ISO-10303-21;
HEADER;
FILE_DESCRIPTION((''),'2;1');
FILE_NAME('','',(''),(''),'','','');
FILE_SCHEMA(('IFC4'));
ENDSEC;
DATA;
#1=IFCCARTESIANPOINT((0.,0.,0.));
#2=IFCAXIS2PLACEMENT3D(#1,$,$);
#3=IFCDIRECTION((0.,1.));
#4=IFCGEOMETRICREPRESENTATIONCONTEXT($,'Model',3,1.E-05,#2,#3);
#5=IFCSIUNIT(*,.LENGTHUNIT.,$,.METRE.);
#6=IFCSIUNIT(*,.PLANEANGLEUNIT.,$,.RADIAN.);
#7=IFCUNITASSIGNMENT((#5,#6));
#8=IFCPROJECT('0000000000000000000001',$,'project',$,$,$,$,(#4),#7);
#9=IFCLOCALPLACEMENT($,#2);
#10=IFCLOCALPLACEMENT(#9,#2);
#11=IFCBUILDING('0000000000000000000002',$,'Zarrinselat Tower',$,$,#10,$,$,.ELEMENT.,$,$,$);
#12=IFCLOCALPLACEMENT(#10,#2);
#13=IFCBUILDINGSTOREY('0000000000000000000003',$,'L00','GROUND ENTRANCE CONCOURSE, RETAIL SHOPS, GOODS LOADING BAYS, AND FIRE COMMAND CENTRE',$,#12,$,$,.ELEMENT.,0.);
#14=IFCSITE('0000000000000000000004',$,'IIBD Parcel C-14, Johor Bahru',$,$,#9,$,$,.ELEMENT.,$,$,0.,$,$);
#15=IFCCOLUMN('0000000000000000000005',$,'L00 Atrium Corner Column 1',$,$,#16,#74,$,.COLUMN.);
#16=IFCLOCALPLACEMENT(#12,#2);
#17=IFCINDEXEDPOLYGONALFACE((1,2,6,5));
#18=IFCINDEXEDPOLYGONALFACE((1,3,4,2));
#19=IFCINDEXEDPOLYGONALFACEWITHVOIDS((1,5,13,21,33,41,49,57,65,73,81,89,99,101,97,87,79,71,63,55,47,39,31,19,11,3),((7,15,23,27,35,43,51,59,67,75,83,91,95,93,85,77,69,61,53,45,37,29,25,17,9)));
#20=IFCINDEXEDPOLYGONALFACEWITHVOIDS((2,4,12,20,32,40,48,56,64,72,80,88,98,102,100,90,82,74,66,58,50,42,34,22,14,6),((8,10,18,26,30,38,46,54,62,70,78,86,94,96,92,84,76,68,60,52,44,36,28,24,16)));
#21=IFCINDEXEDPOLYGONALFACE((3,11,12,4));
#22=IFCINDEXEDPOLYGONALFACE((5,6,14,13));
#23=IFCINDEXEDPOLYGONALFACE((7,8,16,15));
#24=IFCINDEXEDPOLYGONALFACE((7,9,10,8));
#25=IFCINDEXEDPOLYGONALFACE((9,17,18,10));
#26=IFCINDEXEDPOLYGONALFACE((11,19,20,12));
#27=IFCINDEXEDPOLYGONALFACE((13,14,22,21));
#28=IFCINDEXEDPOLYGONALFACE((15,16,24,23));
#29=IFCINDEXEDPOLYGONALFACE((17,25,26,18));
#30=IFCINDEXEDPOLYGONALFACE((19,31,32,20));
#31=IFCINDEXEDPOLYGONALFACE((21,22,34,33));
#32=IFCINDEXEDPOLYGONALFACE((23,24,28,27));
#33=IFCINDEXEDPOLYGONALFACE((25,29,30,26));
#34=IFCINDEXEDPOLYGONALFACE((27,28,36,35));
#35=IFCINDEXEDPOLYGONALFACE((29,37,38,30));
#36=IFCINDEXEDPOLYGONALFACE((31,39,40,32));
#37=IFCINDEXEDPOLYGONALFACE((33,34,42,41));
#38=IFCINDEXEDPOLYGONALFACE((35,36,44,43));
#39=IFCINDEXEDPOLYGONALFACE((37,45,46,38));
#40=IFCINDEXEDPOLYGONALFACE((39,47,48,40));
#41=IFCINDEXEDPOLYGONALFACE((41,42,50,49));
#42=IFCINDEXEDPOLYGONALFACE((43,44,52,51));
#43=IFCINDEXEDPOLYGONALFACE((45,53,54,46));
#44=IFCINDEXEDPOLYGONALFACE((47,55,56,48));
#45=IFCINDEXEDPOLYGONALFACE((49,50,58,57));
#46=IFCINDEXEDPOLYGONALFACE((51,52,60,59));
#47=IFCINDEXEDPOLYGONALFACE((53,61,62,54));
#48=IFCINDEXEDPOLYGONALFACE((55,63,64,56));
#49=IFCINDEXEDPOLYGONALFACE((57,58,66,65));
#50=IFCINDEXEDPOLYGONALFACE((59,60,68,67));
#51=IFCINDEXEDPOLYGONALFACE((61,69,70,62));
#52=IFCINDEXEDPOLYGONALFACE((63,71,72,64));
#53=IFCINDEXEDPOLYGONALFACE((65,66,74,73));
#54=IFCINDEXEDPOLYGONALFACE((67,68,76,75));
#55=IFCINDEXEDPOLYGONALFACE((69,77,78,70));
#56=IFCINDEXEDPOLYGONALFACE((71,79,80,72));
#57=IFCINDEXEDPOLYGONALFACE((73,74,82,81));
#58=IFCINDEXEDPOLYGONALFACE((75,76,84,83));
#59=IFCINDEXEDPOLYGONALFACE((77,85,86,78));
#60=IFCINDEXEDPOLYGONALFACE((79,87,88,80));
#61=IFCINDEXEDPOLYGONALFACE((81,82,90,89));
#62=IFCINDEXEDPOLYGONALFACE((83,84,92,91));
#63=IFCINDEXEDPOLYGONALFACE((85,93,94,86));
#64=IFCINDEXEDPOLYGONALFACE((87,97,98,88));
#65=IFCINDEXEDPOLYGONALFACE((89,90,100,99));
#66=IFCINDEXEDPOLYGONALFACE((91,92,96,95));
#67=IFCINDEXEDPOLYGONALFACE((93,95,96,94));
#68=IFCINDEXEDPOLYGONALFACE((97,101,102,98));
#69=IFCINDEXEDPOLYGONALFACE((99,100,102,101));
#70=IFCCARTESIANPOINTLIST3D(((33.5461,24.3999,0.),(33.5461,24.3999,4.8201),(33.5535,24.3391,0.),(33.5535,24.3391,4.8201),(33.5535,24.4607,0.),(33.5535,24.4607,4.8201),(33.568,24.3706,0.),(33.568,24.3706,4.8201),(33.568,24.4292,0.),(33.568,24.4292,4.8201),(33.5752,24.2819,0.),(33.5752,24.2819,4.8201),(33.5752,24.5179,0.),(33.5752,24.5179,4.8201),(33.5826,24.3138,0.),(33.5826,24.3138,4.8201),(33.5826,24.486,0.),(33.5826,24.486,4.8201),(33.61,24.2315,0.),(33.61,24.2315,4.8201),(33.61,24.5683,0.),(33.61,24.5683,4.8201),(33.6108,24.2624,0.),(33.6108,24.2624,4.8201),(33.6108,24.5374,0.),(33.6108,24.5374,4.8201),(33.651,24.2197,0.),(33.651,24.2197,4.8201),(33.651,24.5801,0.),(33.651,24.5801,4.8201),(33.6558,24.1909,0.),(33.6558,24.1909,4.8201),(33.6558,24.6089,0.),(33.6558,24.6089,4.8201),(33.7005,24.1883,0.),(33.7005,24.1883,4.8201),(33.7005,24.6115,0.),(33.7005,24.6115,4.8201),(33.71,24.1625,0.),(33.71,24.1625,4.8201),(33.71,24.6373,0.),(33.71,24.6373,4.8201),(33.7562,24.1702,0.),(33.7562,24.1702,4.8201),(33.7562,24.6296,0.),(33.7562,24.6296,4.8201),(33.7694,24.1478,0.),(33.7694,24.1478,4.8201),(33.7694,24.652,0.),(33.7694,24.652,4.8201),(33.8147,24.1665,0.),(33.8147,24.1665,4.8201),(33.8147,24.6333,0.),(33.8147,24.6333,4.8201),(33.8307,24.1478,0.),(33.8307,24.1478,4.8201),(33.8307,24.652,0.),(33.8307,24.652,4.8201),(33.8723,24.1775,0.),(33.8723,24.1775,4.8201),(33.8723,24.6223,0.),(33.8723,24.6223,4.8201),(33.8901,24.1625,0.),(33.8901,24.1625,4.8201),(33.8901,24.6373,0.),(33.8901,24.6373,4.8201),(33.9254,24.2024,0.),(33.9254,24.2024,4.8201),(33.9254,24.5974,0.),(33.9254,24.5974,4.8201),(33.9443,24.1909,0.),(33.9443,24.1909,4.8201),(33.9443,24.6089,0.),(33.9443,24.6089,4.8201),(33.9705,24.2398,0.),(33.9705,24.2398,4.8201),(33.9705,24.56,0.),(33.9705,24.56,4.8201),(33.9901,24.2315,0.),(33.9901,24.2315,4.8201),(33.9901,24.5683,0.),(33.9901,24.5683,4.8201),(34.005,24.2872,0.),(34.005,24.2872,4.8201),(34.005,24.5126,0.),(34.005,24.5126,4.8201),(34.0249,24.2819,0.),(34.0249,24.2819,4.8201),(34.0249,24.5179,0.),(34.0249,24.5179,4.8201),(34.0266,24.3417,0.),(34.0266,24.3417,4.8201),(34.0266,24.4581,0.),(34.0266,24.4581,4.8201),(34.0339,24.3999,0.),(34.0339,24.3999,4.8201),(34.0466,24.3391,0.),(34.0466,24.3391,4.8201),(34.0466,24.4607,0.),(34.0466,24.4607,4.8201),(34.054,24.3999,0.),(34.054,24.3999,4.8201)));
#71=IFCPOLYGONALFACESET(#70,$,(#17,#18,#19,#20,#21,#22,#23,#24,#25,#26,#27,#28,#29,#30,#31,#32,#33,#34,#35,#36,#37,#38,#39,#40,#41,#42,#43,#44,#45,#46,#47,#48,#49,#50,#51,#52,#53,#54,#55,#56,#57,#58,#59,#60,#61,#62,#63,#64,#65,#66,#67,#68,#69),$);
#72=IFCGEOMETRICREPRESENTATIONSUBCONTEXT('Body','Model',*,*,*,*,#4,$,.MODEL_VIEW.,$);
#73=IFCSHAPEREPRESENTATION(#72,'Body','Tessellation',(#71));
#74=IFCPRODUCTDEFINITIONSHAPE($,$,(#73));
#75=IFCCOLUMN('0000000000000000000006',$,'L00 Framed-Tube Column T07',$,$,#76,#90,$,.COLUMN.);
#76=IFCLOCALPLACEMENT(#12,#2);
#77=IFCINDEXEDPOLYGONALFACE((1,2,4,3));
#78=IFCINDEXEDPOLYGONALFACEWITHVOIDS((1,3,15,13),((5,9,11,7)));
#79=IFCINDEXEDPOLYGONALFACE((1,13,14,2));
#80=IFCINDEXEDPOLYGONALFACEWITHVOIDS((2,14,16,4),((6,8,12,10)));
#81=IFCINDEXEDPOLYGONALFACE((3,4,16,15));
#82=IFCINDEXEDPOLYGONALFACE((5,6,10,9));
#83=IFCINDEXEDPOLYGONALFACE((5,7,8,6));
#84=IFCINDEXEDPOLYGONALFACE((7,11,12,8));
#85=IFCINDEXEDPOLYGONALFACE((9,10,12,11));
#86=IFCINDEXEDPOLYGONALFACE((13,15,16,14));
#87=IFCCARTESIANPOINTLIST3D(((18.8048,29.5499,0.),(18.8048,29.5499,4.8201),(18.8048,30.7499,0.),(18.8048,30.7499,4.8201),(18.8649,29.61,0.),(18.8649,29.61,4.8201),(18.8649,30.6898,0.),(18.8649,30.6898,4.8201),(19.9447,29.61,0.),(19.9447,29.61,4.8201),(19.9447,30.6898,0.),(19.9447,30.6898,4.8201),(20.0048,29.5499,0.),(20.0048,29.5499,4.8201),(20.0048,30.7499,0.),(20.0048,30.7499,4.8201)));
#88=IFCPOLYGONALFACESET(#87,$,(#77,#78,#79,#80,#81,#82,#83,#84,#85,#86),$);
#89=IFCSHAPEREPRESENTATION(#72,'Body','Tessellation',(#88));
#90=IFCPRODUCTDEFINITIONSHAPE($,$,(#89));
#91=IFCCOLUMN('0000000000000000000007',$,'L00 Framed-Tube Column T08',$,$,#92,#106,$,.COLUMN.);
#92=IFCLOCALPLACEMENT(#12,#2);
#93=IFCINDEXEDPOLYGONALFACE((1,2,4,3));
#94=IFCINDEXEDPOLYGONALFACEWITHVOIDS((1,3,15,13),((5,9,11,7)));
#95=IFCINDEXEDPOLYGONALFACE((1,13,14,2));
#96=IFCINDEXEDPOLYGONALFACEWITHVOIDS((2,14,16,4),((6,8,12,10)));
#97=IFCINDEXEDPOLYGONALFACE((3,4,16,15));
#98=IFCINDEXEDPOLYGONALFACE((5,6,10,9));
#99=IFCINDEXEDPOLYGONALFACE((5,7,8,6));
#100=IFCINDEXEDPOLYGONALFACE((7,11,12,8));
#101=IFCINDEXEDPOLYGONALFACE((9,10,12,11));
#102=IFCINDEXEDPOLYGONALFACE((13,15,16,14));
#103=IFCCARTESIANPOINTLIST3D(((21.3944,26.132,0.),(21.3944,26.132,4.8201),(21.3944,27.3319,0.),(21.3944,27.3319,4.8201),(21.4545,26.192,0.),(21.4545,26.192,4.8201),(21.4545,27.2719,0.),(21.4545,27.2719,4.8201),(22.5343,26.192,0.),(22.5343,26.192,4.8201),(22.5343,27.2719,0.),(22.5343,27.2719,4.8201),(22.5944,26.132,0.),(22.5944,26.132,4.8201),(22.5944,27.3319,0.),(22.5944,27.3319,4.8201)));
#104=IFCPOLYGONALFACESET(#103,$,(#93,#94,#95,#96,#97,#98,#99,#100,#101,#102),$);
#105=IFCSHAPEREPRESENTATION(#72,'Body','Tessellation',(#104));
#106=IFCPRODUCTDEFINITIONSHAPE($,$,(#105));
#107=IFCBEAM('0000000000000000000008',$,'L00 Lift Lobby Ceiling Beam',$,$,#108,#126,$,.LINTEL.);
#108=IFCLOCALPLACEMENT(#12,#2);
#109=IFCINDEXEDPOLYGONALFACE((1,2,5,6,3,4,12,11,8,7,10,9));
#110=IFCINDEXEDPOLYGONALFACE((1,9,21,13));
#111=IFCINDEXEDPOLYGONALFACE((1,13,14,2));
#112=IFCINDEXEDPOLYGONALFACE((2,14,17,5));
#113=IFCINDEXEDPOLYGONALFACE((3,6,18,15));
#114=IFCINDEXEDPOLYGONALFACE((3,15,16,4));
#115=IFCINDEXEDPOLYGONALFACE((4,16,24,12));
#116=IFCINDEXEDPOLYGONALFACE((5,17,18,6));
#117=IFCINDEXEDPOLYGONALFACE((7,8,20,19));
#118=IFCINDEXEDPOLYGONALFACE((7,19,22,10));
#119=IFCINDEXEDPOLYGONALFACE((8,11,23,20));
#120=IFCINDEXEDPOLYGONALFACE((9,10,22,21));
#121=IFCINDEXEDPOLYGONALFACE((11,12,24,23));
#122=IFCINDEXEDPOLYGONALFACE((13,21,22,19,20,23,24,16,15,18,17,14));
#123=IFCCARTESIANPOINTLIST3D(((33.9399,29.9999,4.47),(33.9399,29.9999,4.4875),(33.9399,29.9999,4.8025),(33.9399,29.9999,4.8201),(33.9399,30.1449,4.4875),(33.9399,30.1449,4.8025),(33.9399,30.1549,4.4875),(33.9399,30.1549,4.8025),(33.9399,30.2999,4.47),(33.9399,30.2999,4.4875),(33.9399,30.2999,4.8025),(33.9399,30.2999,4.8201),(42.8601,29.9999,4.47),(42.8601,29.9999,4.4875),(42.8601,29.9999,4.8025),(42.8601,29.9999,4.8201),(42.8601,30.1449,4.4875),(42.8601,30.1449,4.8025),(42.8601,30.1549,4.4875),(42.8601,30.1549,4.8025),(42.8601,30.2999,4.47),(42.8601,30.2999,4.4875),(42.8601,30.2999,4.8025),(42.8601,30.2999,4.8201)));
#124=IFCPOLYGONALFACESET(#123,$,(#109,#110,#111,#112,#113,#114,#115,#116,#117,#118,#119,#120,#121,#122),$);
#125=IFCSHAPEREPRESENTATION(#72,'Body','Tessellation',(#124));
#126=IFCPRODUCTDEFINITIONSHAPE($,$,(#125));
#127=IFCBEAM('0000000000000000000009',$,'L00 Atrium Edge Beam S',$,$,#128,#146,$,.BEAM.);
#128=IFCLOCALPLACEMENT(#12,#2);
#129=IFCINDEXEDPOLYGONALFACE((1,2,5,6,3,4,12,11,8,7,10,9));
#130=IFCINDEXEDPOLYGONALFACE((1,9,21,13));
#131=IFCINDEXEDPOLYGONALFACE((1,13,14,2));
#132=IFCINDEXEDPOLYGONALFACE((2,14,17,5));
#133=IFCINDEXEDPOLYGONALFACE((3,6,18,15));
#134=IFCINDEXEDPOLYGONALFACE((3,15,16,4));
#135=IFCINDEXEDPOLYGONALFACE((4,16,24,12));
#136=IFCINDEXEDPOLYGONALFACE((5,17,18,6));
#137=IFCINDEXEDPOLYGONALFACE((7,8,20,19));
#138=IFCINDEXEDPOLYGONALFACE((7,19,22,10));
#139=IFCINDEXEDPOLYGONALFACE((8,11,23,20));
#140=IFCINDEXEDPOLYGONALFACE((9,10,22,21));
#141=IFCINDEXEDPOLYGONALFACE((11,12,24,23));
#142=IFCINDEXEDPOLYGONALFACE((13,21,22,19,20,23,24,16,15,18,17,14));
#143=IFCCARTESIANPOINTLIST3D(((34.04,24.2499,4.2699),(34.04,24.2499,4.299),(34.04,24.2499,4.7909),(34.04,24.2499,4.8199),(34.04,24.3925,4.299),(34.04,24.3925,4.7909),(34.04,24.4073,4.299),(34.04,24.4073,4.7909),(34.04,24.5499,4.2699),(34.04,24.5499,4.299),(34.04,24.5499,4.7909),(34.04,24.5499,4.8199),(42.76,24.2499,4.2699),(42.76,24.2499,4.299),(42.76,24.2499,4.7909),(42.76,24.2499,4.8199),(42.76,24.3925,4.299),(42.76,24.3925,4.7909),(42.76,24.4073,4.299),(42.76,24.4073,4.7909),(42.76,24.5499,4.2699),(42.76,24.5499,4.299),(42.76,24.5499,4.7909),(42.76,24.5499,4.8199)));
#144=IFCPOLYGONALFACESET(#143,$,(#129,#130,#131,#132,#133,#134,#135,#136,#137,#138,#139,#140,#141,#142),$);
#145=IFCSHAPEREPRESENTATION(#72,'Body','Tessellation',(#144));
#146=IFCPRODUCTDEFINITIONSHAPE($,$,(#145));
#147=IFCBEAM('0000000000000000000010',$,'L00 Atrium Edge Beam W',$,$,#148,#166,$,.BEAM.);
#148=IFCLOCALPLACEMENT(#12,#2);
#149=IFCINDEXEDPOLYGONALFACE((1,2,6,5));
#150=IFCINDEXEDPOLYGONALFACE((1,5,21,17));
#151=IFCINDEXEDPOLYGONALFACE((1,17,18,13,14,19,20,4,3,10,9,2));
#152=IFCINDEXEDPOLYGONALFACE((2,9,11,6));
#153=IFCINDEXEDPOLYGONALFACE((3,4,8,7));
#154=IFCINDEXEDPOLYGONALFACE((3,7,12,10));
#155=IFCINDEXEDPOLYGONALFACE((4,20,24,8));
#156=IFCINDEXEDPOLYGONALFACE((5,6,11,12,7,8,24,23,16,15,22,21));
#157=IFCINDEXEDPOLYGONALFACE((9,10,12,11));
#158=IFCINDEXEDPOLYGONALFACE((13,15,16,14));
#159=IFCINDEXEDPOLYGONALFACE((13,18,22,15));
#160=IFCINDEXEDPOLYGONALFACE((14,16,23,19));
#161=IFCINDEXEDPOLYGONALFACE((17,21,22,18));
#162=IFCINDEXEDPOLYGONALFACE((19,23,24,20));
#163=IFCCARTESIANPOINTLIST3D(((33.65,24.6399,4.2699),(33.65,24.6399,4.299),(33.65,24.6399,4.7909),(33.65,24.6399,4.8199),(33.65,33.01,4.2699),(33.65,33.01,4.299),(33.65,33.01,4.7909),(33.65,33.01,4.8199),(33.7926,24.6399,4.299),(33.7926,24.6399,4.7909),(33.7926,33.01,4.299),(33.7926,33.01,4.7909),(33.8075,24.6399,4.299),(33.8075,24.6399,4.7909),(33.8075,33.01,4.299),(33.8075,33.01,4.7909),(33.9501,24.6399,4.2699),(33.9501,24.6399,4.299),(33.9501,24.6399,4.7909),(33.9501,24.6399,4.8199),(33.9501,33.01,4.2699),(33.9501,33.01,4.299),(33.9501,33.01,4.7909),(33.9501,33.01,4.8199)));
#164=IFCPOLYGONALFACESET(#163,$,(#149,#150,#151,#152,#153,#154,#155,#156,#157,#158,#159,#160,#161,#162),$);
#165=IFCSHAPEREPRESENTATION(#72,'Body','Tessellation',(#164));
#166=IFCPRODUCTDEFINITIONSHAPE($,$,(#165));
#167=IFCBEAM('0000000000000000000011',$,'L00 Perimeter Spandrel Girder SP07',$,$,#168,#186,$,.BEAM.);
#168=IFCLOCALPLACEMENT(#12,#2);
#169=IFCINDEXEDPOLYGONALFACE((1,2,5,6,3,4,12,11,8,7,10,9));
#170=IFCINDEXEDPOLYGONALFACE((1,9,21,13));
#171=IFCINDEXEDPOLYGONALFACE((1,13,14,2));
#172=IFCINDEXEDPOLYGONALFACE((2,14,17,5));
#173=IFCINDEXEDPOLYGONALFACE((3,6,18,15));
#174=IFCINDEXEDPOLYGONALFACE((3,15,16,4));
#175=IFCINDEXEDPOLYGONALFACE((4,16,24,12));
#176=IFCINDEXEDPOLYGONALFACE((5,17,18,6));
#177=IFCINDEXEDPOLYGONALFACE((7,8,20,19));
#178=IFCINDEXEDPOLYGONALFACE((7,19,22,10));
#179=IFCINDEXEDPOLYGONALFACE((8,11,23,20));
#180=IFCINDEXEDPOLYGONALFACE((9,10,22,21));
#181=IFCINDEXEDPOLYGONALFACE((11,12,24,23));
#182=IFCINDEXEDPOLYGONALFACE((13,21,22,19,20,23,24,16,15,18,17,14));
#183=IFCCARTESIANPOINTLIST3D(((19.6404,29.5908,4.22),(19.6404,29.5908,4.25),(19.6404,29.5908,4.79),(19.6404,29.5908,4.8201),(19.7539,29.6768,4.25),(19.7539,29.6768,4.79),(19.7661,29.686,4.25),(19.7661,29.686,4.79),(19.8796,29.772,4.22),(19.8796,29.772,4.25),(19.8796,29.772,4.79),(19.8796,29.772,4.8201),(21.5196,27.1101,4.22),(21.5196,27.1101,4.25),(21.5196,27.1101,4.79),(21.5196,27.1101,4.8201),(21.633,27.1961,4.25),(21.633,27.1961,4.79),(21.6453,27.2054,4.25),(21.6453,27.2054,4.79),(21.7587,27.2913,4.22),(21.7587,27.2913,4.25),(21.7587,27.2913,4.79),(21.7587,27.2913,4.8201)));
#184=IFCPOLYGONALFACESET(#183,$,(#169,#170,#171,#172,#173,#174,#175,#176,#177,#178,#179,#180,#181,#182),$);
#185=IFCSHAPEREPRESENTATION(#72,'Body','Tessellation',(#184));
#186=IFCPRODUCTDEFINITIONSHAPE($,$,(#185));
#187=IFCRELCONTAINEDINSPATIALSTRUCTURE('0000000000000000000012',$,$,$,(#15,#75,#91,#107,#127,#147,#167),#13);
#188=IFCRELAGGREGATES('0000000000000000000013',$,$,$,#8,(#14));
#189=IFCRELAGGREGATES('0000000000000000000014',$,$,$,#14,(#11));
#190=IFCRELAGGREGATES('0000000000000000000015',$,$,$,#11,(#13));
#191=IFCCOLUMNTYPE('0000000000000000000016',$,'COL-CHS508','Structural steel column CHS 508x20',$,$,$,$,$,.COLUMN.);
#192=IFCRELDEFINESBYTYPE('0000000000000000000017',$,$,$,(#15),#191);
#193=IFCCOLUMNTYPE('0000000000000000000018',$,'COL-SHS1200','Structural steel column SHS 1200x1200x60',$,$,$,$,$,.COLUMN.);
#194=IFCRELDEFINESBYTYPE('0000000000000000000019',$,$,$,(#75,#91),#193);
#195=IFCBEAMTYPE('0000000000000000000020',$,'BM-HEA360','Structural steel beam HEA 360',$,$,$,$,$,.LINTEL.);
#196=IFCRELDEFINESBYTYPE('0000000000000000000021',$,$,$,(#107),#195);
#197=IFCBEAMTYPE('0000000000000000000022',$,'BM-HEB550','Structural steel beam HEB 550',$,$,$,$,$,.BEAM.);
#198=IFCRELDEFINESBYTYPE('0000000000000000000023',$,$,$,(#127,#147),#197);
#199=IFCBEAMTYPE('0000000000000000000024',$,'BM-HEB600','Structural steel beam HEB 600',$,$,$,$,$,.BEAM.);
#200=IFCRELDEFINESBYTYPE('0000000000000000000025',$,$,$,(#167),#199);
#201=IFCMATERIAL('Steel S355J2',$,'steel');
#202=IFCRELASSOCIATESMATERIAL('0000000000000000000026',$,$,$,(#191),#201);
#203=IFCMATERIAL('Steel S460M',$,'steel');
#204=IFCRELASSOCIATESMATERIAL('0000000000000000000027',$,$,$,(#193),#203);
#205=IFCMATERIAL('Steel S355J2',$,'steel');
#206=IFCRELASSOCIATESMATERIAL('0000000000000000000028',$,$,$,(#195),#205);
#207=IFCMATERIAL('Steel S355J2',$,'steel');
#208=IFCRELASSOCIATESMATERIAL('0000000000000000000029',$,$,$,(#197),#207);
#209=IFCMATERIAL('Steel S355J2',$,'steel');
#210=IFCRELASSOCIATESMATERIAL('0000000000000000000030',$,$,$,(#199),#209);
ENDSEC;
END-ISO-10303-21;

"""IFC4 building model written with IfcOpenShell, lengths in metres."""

from ifc_helpers import new_model, si_unit, direction, frame, origin, origin_2d, place, context, subcontext, project, spatial, hollow_rectangle, hollow_circle, i_section, extrude, material, material_profile, profile_set, type_object, element, save


model = new_model("IFC4")

# Units and contexts
model_context = context("Model", 3, precision=1e-05, world=origin(), true_north=direction((0.0, 1.0)))
body_context = subcontext(model_context, "Body", "Model", "MODEL_VIEW")
ifc_project = project(units=[si_unit("LENGTHUNIT", "METRE"), si_unit("PLANEANGLEUNIT", "RADIAN")], contexts=[model_context])

# Site, building, storey
site_placement = place(None, origin())
site = spatial("IfcSite", under=ifc_project, at=site_placement, Name="IIBD Parcel C-14, Johor Bahru", CompositionType="ELEMENT", RefElevation=0.0)
building_placement = place(site_placement, origin())
building = spatial("IfcBuilding", under=site, at=building_placement, Name="Zarrinselat Tower", CompositionType="ELEMENT")
storey_placement = place(building_placement, origin())
storey = spatial("IfcBuildingStorey", under=building, at=storey_placement, Name="L00", Description="GROUND ENTRANCE CONCOURSE, RETAIL SHOPS, GOODS LOADING BAYS, AND FIRE COMMAND CENTRE", CompositionType="ELEMENT", Elevation=0.0)

# Columns
ifc_material_1 = material(Name="Steel S355J2", Category="steel")
ifc_material_profile_1 = material_profile(ifc_material_1, hollow_circle(Radius=0.2539, WallThickness=0.02, at=origin_2d()), Name="CHS 508x20")
ifc_profile_set_1 = profile_set([ifc_material_profile_1], Name="Steel S355J2")
column_type_1 = type_object("IfcColumnType", Name="COL-CHS508", Description="Structural steel column CHS 508x20", PredefinedType="COLUMN", material=ifc_profile_set_1)
column_placement = place(storey_placement, frame((33.8, 24.3999, 0.0), z_axis=(0.0, 0.0, 1.0), x_axis=(1.0, 0.0, 0.0)))
element("IfcColumn", 1, at=column_placement, inside=storey, type_object=column_type_1, Name="L00 Atrium Corner Column 1", PredefinedType="COLUMN", context=body_context, shape_type="SweptSolid", body=[
    extrude(hollow_circle(Radius=0.2539, WallThickness=0.02, at=origin_2d()), origin(), (0.0, 0.0, 1.0), 4.8201),
])
ifc_material_2 = material(Name="Steel S460M", Category="steel")
ifc_material_profile_2 = material_profile(ifc_material_2, hollow_rectangle(XDim=1.2, YDim=1.2, WallThickness=0.0601, at=origin_2d()), Name="SHS 1200x1200x60")
ifc_profile_set_2 = profile_set([ifc_material_profile_2], Name="Steel S460M")
column_type_2 = type_object("IfcColumnType", Name="COL-SHS1200", Description="Structural steel column SHS 1200x1200x60", PredefinedType="COLUMN", material=ifc_profile_set_2)
for number, where, z_axis, x_axis, name in (
    (2, (19.4048, 30.1499, 0.0), (0.0, 0.0, 1.0), (1.0, 0.0, 0.0), "L00 Framed-Tube Column T07"),
    (3, (21.9944, 26.7319, 0.0), (0.0, 0.0, 1.0), (1.0, 0.0, 0.0), "L00 Framed-Tube Column T08"),
):
    element("IfcColumn", number, at=place(storey_placement, frame(where, z_axis=z_axis, x_axis=x_axis)), inside=storey, type_object=column_type_2, Name=name, PredefinedType="COLUMN", context=body_context, shape_type="SweptSolid", body=[
        extrude(hollow_rectangle(XDim=1.2, YDim=1.2, WallThickness=0.0601, at=origin_2d()), origin(), (0.0, 0.0, 1.0), 4.8201),
    ])

# Beams
ifc_material_3 = material(Name="Steel S355J2", Category="steel")
ifc_material_profile_3 = material_profile(ifc_material_3, i_section(OverallWidth=0.3, OverallDepth=0.3501, WebThickness=0.01, FlangeThickness=0.0176, at=origin_2d()), Name="HEA 360")
ifc_profile_set_3 = profile_set([ifc_material_profile_3], Name="Steel S355J2")
beam_type_1 = type_object("IfcBeamType", Name="BM-HEA360", Description="Structural steel beam HEA 360", PredefinedType="LINTEL", material=ifc_profile_set_3)
beam_1_placement = place(storey_placement, frame((33.9399, 30.1499, 4.645), z_axis=(1.0, 0.0, 0.0), x_axis=(0.0, 1.0, 0.0)))
element("IfcBeam", 4, at=beam_1_placement, inside=storey, type_object=beam_type_1, Name="L00 Lift Lobby Ceiling Beam", PredefinedType="LINTEL", context=body_context, shape_type="SweptSolid", body=[
    extrude(i_section(OverallWidth=0.3, OverallDepth=0.3501, WebThickness=0.01, FlangeThickness=0.0176, at=origin_2d()), origin(), (0.0, 0.0, 1.0), 8.9202),
])
ifc_material_4 = material(Name="Steel S355J2", Category="steel")
ifc_material_profile_4 = material_profile(ifc_material_4, i_section(OverallWidth=0.3, OverallDepth=0.55, WebThickness=0.0149, FlangeThickness=0.0291, at=origin_2d()), Name="HEB 550")
ifc_profile_set_4 = profile_set([ifc_material_profile_4], Name="Steel S355J2")
beam_type_2 = type_object("IfcBeamType", Name="BM-HEB550", Description="Structural steel beam HEB 550", PredefinedType="BEAM", material=ifc_profile_set_4)
beam_2_placement = place(storey_placement, frame((34.04, 24.3999, 4.5449), z_axis=(1.0, 0.0, 0.0), x_axis=(0.0, 1.0, 0.0)))
element("IfcBeam", 5, at=beam_2_placement, inside=storey, type_object=beam_type_2, Name="L00 Atrium Edge Beam S", PredefinedType="BEAM", context=body_context, shape_type="SweptSolid", body=[
    extrude(i_section(OverallWidth=0.3, OverallDepth=0.55, WebThickness=0.0149, FlangeThickness=0.0291, at=origin_2d()), origin(), (0.0, 0.0, 1.0), 8.72),
])
beam_3_placement = place(storey_placement, frame((33.8, 24.6399, 4.5449), z_axis=(0.0, 1.0, 0.0), x_axis=(-1.0, 0.0, 0.0)))
element("IfcBeam", 6, at=beam_3_placement, inside=storey, type_object=beam_type_2, Name="L00 Atrium Edge Beam W", PredefinedType="BEAM", context=body_context, shape_type="SweptSolid", body=[
    extrude(i_section(OverallWidth=0.3, OverallDepth=0.55, WebThickness=0.0149, FlangeThickness=0.0291, at=origin_2d()), origin(), (0.0, 0.0, 1.0), 8.3701),
])
ifc_material_5 = material(Name="Steel S355J2", Category="steel")
ifc_material_profile_5 = material_profile(ifc_material_5, i_section(OverallWidth=0.3, OverallDepth=0.6001, WebThickness=0.0154, FlangeThickness=0.03, at=origin_2d()), Name="HEB 600")
ifc_profile_set_5 = profile_set([ifc_material_profile_5], Name="Steel S355J2")
beam_type_3 = type_object("IfcBeamType", Name="BM-HEB600", Description="Structural steel beam HEB 600", PredefinedType="BEAM", material=ifc_profile_set_5)
beam_4_placement = place(storey_placement, frame((19.76, 29.6814, 4.52), z_axis=(0.603821, -0.79712, 0.0), x_axis=(0.79712, 0.603821, 0.0)))
element("IfcBeam", 7, at=beam_4_placement, inside=storey, type_object=beam_type_3, Name="L00 Perimeter Spandrel Girder SP07", PredefinedType="BEAM", context=body_context, shape_type="SweptSolid", body=[
    extrude(i_section(OverallWidth=0.3, OverallDepth=0.6001, WebThickness=0.0154, FlangeThickness=0.03, at=origin_2d()), origin(), (0.0, 0.0, 1.0), 3.1121),
])

save(model, "model.ifc")
